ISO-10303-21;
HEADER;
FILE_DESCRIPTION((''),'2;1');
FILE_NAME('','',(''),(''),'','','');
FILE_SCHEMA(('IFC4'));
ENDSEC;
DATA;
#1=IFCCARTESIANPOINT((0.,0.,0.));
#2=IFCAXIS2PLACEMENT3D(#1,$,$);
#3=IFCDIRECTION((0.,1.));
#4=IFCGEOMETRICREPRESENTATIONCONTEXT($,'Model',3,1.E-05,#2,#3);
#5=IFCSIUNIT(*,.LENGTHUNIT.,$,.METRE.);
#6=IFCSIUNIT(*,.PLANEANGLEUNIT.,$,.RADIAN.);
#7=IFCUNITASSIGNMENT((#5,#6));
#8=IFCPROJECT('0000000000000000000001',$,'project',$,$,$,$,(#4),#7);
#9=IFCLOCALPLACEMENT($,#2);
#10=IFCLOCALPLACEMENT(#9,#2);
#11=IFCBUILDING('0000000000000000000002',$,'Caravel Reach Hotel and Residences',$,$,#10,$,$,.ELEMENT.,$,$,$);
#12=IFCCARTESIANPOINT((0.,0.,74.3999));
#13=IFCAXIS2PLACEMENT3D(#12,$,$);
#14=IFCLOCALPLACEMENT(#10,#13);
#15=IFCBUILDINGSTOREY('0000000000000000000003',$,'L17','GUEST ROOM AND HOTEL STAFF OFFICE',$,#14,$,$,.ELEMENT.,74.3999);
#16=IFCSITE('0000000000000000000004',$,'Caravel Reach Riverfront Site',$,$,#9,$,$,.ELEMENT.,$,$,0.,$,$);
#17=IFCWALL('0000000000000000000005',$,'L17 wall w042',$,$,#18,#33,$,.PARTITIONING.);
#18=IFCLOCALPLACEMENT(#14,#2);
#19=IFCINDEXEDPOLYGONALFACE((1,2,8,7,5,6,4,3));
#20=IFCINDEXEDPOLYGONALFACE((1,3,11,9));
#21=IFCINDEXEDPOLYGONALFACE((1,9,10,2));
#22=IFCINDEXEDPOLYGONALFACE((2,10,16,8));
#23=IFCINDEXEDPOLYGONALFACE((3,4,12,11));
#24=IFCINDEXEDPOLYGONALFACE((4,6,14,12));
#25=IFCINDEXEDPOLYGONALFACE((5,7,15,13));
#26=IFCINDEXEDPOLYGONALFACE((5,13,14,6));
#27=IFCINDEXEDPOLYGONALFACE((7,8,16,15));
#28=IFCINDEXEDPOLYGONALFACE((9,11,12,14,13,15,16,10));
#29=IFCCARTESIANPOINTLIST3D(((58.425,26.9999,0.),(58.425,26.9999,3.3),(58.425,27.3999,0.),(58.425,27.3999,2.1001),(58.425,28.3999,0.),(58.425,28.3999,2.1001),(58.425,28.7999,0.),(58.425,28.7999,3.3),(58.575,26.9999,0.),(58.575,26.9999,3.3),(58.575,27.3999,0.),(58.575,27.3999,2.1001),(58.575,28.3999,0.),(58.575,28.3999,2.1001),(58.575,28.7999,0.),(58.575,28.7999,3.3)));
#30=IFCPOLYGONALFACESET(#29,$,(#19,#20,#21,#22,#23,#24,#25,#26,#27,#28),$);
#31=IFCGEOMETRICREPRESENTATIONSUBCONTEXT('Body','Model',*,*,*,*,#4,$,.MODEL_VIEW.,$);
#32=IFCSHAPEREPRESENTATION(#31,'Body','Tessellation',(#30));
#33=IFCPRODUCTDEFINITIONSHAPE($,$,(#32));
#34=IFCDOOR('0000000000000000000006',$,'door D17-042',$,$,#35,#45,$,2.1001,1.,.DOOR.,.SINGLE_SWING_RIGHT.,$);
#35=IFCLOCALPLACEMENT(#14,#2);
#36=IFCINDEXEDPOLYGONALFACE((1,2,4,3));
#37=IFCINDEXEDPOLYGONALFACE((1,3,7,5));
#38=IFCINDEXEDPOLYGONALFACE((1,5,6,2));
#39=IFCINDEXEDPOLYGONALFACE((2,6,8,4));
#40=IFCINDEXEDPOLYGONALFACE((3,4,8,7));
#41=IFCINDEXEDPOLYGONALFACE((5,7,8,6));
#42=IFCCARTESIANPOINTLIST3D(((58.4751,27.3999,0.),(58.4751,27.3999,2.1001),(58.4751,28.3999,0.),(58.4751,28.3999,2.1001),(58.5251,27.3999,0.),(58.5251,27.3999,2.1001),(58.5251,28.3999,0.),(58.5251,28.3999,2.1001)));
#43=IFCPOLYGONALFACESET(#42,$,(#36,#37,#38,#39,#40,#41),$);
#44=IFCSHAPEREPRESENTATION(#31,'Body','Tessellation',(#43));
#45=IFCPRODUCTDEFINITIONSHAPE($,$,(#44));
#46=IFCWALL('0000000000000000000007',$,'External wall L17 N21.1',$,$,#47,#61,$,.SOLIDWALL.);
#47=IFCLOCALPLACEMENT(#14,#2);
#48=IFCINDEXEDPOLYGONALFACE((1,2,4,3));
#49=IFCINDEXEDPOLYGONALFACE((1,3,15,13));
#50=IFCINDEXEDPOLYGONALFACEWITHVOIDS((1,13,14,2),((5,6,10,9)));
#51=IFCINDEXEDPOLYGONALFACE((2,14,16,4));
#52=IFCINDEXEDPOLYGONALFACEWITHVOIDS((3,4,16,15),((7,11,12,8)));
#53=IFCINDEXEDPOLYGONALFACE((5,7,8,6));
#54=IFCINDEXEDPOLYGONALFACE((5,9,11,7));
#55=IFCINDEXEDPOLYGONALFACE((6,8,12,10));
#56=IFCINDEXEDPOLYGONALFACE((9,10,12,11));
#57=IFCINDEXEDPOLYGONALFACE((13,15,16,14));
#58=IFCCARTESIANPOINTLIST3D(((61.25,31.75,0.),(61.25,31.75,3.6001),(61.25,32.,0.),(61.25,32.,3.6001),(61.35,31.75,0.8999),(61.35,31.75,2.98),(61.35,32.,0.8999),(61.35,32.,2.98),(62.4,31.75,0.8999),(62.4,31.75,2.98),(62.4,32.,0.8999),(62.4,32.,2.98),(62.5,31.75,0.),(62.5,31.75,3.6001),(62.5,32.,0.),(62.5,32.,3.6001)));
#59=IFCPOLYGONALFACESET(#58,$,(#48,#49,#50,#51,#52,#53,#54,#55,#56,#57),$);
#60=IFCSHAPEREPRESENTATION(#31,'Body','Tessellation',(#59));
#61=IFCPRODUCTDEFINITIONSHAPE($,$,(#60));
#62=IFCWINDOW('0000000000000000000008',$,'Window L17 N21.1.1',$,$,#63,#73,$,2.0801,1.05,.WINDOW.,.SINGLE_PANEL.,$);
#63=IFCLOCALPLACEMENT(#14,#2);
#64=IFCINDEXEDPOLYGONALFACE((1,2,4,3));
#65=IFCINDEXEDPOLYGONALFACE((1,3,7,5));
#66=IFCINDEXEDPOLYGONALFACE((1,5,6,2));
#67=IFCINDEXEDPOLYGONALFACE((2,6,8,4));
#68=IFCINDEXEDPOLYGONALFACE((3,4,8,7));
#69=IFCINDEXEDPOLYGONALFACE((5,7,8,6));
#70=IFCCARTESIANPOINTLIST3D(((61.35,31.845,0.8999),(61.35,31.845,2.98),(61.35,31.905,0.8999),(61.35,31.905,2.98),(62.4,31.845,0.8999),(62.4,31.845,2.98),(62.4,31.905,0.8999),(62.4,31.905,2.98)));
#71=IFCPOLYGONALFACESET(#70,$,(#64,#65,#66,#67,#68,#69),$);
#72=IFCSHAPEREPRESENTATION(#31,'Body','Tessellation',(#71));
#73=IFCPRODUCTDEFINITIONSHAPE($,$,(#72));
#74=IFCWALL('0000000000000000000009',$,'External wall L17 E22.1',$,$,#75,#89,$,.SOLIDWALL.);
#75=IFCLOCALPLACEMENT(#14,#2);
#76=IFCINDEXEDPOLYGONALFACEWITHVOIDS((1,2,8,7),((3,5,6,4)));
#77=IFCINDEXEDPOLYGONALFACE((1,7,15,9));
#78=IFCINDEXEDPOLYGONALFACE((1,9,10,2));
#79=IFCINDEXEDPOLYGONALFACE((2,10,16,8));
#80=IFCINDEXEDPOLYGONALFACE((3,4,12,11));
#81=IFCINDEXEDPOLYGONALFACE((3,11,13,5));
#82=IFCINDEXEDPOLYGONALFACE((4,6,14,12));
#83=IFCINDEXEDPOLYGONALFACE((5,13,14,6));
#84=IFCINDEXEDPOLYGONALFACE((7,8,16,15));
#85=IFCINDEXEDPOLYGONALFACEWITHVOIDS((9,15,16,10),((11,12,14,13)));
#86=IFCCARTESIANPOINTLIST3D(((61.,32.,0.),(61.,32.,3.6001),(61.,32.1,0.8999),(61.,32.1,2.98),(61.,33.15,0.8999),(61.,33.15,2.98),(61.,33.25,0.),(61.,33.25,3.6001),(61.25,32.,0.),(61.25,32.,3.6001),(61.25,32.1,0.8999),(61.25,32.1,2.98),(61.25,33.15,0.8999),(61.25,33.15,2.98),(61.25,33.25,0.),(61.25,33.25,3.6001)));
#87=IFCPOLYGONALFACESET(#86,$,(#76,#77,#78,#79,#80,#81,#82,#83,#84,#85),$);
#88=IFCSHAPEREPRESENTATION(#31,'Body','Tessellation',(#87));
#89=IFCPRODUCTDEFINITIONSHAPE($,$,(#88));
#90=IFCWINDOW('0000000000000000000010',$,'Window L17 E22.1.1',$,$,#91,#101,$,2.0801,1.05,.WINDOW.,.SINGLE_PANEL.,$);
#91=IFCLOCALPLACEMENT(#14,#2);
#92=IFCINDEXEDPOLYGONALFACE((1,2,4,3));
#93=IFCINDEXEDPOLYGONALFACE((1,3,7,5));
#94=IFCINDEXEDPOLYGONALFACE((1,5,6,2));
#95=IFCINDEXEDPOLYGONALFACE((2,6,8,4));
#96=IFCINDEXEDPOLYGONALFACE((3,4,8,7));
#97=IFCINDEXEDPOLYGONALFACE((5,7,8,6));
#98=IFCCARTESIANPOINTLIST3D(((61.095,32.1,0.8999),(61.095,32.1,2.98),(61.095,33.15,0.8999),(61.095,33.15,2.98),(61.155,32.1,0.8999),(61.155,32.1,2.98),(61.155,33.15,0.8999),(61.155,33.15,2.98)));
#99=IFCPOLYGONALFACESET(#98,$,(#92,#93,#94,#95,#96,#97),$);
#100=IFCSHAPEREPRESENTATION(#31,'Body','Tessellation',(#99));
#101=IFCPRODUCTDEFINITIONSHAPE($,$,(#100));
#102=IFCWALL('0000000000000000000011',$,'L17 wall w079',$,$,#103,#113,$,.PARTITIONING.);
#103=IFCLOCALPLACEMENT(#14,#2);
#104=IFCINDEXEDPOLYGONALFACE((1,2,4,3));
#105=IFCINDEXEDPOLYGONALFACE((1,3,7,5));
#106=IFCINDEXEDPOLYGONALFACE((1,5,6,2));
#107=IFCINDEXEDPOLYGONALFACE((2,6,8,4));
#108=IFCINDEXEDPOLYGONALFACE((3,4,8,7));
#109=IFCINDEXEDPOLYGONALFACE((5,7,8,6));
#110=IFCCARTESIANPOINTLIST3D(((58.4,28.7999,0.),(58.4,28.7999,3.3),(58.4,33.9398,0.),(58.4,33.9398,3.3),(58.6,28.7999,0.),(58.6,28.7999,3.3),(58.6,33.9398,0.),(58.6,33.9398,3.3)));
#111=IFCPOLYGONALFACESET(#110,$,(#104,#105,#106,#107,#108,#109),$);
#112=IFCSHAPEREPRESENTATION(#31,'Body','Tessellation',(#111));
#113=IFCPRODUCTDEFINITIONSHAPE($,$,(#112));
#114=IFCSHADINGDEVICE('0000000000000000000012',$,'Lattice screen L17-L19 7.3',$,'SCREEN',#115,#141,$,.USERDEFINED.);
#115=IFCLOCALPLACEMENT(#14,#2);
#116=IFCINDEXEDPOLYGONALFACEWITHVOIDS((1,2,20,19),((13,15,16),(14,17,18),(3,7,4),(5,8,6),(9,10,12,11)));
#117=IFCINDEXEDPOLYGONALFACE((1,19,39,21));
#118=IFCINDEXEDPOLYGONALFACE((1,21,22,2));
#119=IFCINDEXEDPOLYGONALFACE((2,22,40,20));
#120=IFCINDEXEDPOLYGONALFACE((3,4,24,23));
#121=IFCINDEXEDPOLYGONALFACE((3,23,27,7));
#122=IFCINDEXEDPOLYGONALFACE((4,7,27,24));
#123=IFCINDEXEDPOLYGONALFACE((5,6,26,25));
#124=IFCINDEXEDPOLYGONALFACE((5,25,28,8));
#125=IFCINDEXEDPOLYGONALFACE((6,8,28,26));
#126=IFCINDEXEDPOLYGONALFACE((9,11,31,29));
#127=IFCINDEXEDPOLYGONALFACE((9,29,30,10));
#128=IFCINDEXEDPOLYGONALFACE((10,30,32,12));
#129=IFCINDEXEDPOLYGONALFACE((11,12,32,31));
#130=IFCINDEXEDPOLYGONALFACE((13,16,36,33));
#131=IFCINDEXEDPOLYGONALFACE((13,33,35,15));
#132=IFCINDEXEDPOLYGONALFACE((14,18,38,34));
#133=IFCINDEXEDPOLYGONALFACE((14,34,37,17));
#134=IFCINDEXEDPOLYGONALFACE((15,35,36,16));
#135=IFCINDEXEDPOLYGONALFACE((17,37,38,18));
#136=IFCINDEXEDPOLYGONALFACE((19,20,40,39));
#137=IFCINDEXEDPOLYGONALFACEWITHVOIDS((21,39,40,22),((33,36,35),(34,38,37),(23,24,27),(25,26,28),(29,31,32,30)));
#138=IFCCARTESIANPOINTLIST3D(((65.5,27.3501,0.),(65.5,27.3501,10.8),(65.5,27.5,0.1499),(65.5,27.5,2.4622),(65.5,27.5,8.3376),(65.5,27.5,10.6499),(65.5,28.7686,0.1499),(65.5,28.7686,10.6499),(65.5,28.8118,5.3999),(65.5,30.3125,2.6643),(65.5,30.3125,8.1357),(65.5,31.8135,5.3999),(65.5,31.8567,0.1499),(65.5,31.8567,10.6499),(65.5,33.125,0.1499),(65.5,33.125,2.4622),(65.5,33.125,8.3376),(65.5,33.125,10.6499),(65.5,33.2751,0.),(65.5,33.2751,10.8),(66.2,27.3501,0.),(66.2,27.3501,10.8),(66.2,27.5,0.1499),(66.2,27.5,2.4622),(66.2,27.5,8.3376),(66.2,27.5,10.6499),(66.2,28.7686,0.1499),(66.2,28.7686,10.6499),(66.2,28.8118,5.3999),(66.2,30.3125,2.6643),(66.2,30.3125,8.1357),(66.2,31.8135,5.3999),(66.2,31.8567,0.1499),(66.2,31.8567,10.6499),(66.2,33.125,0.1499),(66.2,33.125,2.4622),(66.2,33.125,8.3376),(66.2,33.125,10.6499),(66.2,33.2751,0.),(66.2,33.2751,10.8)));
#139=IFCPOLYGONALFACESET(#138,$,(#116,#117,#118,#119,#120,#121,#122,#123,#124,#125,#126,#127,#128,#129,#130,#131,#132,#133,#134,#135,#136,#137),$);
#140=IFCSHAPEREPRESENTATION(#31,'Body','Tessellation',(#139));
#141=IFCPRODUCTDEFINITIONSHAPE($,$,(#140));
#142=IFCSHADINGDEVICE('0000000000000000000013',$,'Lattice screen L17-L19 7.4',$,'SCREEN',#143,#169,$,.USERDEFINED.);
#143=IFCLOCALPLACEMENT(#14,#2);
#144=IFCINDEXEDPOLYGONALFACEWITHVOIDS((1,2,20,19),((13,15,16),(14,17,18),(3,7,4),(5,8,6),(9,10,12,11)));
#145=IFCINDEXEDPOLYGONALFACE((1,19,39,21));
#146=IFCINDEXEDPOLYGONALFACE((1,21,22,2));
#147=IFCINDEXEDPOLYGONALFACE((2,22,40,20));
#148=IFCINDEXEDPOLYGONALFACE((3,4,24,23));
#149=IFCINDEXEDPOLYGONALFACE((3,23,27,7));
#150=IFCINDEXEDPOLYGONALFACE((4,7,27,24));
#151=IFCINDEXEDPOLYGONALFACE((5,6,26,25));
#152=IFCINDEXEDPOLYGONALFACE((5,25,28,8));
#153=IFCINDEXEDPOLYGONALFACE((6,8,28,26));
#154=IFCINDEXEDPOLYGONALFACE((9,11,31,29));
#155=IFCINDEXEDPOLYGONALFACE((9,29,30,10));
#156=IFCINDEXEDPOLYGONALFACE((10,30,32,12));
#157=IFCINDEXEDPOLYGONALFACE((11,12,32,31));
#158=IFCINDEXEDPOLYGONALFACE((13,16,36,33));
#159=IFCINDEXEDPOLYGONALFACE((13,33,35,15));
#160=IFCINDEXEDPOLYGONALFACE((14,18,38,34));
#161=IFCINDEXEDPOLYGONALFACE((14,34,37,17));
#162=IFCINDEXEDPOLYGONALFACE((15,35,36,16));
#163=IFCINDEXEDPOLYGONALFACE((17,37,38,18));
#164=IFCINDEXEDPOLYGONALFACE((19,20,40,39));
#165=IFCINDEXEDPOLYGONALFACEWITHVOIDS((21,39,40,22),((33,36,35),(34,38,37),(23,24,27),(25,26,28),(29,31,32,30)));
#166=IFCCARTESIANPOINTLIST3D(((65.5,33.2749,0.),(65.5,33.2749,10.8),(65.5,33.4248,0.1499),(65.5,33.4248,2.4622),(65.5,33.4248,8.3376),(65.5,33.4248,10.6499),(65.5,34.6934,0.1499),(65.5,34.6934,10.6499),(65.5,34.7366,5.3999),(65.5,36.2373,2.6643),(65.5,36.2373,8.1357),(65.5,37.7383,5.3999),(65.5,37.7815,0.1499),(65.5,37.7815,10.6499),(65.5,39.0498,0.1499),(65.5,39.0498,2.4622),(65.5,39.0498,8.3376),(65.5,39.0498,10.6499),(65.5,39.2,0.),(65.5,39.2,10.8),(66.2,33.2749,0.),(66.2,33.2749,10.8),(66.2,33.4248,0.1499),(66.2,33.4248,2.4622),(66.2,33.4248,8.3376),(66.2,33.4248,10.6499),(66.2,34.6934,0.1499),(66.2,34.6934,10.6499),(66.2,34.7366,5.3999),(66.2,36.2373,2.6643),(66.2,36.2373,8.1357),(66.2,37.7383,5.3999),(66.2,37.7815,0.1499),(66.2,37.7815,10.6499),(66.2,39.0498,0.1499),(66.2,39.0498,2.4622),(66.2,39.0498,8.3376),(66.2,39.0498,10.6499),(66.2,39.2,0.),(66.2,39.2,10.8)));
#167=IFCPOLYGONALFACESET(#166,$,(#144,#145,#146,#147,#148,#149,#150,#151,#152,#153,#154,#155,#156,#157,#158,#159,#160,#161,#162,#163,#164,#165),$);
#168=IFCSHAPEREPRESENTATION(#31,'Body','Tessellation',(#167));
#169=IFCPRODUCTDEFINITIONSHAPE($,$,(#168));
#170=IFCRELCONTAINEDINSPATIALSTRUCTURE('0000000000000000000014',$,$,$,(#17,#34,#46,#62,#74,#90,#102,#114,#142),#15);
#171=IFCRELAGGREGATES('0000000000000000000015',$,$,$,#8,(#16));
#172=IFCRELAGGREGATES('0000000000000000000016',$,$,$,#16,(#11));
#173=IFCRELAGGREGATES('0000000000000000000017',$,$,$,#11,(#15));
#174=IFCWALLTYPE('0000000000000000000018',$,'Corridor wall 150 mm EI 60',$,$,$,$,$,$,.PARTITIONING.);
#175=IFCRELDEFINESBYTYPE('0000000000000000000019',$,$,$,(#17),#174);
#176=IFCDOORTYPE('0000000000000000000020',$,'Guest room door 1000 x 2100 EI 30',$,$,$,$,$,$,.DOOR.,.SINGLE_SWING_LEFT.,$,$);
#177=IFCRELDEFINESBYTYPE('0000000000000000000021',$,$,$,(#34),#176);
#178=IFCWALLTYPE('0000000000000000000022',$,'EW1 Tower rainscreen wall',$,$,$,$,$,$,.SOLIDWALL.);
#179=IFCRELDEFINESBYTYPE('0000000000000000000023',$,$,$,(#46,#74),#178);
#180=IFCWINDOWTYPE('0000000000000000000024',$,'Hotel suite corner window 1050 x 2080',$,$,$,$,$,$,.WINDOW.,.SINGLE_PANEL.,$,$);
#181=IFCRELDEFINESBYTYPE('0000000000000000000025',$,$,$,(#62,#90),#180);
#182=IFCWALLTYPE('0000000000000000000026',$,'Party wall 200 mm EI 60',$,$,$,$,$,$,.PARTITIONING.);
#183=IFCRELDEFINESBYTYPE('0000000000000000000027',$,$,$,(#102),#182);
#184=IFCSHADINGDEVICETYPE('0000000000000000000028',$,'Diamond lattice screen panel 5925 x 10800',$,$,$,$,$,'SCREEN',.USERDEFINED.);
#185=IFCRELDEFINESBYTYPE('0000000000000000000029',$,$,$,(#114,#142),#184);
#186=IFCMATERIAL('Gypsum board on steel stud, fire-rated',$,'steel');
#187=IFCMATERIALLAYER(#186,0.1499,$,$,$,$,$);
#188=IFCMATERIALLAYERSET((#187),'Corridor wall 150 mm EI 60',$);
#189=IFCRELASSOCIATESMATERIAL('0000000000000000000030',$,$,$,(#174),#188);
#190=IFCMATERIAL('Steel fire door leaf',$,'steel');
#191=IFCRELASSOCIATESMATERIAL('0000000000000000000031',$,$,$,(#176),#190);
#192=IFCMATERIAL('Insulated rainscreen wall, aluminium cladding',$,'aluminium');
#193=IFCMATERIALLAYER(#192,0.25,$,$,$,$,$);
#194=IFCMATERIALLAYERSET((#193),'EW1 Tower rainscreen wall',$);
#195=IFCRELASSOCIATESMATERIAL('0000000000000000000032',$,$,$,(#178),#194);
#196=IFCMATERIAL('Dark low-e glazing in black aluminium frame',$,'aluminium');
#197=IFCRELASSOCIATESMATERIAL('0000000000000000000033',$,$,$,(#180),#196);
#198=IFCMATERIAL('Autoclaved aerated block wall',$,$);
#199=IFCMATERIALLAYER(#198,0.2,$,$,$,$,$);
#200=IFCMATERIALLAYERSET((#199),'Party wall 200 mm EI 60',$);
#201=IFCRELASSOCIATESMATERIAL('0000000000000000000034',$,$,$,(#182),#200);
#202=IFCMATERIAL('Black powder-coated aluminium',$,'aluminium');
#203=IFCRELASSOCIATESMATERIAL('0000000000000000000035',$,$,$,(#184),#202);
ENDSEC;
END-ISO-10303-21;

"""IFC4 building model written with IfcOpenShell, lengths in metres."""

from ifc_helpers import new_model, si_unit, direction, frame, frame_2d, origin, place, context, subcontext, project, spatial, polyline, rectangle, outline, extrude, material, layer, layer_set, type_object, element, fill, save


model = new_model("IFC4")

# Units and contexts
model_context = context("Model", 3, precision=1e-05, world=origin(), true_north=direction((0.0, 1.0)))
body_context = subcontext(model_context, "Body", "Model", "MODEL_VIEW")
ifc_project = project(units=[si_unit("LENGTHUNIT", "METRE"), si_unit("PLANEANGLEUNIT", "RADIAN")], contexts=[model_context])

# Site, building, storey
site_placement = place(None, origin())
site = spatial("IfcSite", under=ifc_project, at=site_placement, Name="Caravel Reach Riverfront Site", CompositionType="ELEMENT", RefElevation=0.0)
building_placement = place(site_placement, origin())
building = spatial("IfcBuilding", under=site, at=building_placement, Name="Caravel Reach Hotel and Residences", CompositionType="ELEMENT")
storey_placement = place(building_placement, frame((0.0, 0.0, 74.3999)))
storey = spatial("IfcBuildingStorey", under=building, at=storey_placement, Name="L17", Description="GUEST ROOM AND HOTEL STAFF OFFICE", CompositionType="ELEMENT", Elevation=74.3999)

# Wall, opening, door
ifc_material_1 = material(Name="Gypsum board on steel stud, fire-rated", Category="steel")
ifc_layer_1 = layer(ifc_material_1, 0.1499)
ifc_layer_set_1 = layer_set([ifc_layer_1], Name="Corridor wall 150 mm EI 60")
wall_type_1 = type_object("IfcWallType", Name="Corridor wall 150 mm EI 60", PredefinedType="PARTITIONING", material=ifc_layer_set_1)
wall_1_placement = place(storey_placement, frame((58.5, 27.0, 0.0), z_axis=(0.0, 0.0, 1.0), x_axis=(0.0, 1.0, 0.0)))
wall_1 = element("IfcWall", 1, at=wall_1_placement, inside=storey, type_object=wall_type_1, Name="L17 wall w042", PredefinedType="PARTITIONING", context=body_context, shape_type="SweptSolid", body=[
    extrude(rectangle(XDim=1.8, YDim=0.1499, at=frame_2d((0.8999, 0.0))), origin(), (0.0, 0.0, 1.0), 3.3),
])
opening_1_placement = place(wall_1_placement, frame((0.3999, 0.0, 0.0)))
opening_1 = element("IfcOpeningElement", 2, at=opening_1_placement, cuts=wall_1, PredefinedType="OPENING", context=body_context, shape_type="SweptSolid", body=[
    extrude(rectangle(XDim=1.0, YDim=2.1001, at=frame_2d((0.5, 1.05))), frame((0.0, 0.085, 0.0), z_axis=(0.0, -1.0, 0.0), x_axis=(1.0, 0.0, 0.0)), (0.0, 0.0, 1.0), 0.1699),
])
ifc_material_2 = material(Name="Steel fire door leaf", Category="steel")
door_type = type_object("IfcDoorType", Name="Guest room door 1000 x 2100 EI 30", OperationType="SINGLE_SWING_LEFT", PredefinedType="DOOR", material=ifc_material_2)
door_placement = place(opening_1_placement, origin())
door = element("IfcDoor", 3, at=door_placement, inside=storey, type_object=door_type, Name="door D17-042", OperationType="SINGLE_SWING_RIGHT", OverallHeight=2.1001, OverallWidth=1.0, PredefinedType="DOOR", context=body_context, shape_type="SweptSolid", body=[
    extrude(rectangle(XDim=1.0, YDim=2.1001, at=frame_2d((0.5, 1.05))), frame((0.0, 0.0249, 0.0), z_axis=(0.0, -1.0, 0.0), x_axis=(1.0, 0.0, 0.0)), (0.0, 0.0, 1.0), 0.05),
])
fill(opening_1, door)

# Walls, openings, windows
ifc_material_3 = material(Name="Insulated rainscreen wall, aluminium cladding", Category="aluminium")
ifc_layer_2 = layer(ifc_material_3, 0.25)
ifc_layer_set_2 = layer_set([ifc_layer_2], Name="EW1 Tower rainscreen wall")
wall_type_2 = type_object("IfcWallType", Name="EW1 Tower rainscreen wall", PredefinedType="SOLIDWALL", material=ifc_layer_set_2)
wall_2_placement = place(storey_placement, frame((62.5, 31.875, 0.0), z_axis=(0.0, 0.0, 1.0), x_axis=(-1.0, 0.0, 0.0)))
wall_2 = element("IfcWall", 4, at=wall_2_placement, inside=storey, type_object=wall_type_2, Name="External wall L17 N21.1", PredefinedType="SOLIDWALL", context=body_context, shape_type="SweptSolid", body=[
    extrude(rectangle(XDim=1.25, YDim=0.25, at=frame_2d((0.625, 0.0))), origin(), (0.0, 0.0, 1.0), 3.6001),
])
opening_2_placement = place(wall_2_placement, frame((0.1001, 0.0, 0.8999)))
opening_2 = element("IfcOpeningElement", 5, at=opening_2_placement, cuts=wall_2, PredefinedType="OPENING", context=body_context, shape_type="SweptSolid", body=[
    extrude(rectangle(XDim=1.05, YDim=2.0801, at=frame_2d((0.5249, 1.04))), frame((0.0, 0.135, 0.0), z_axis=(0.0, -1.0, 0.0), x_axis=(1.0, 0.0, 0.0)), (0.0, 0.0, 1.0), 0.27),
])
ifc_material_4 = material(Name="Dark low-e glazing in black aluminium frame", Category="aluminium")
window_type = type_object("IfcWindowType", Name="Hotel suite corner window 1050 x 2080", PartitioningType="SINGLE_PANEL", PredefinedType="WINDOW", material=ifc_material_4)
window_1_placement = place(opening_2_placement, origin())
window_1 = element("IfcWindow", 6, at=window_1_placement, inside=storey, type_object=window_type, Name="Window L17 N21.1.1", OverallHeight=2.0801, OverallWidth=1.05, PartitioningType="SINGLE_PANEL", PredefinedType="WINDOW", context=body_context, shape_type="SweptSolid", body=[
    extrude(rectangle(XDim=1.05, YDim=2.0801, at=frame_2d((0.5249, 1.04))), frame((0.0, 0.03, 0.0), z_axis=(0.0, -1.0, 0.0), x_axis=(1.0, 0.0, 0.0)), (0.0, 0.0, 1.0), 0.0601),
])
fill(opening_2, window_1)
wall_3_placement = place(storey_placement, frame((61.125, 32.0, 0.0), z_axis=(0.0, 0.0, 1.0), x_axis=(0.0, 1.0, 0.0)))
wall_3 = element("IfcWall", 7, at=wall_3_placement, inside=storey, type_object=wall_type_2, Name="External wall L17 E22.1", PredefinedType="SOLIDWALL", context=body_context, shape_type="SweptSolid", body=[
    extrude(rectangle(XDim=1.25, YDim=0.25, at=frame_2d((0.625, 0.0))), origin(), (0.0, 0.0, 1.0), 3.6001),
])
opening_3_placement = place(wall_3_placement, frame((0.1001, 0.0, 0.8999)))
opening_3 = element("IfcOpeningElement", 8, at=opening_3_placement, cuts=wall_3, PredefinedType="OPENING", context=body_context, shape_type="SweptSolid", body=[
    extrude(rectangle(XDim=1.05, YDim=2.0801, at=frame_2d((0.5249, 1.04))), frame((0.0, 0.135, 0.0), z_axis=(0.0, -1.0, 0.0), x_axis=(1.0, 0.0, 0.0)), (0.0, 0.0, 1.0), 0.27),
])
window_2_placement = place(opening_3_placement, origin())
window_2 = element("IfcWindow", 9, at=window_2_placement, inside=storey, type_object=window_type, Name="Window L17 E22.1.1", OverallHeight=2.0801, OverallWidth=1.05, PartitioningType="SINGLE_PANEL", PredefinedType="WINDOW", context=body_context, shape_type="SweptSolid", body=[
    extrude(rectangle(XDim=1.05, YDim=2.0801, at=frame_2d((0.5249, 1.04))), frame((0.0, 0.03, 0.0), z_axis=(0.0, -1.0, 0.0), x_axis=(1.0, 0.0, 0.0)), (0.0, 0.0, 1.0), 0.0601),
])
fill(opening_3, window_2)

# Wall
ifc_material_5 = material(Name="Autoclaved aerated block wall")
ifc_layer_3 = layer(ifc_material_5, 0.2)
ifc_layer_set_3 = layer_set([ifc_layer_3], Name="Party wall 200 mm EI 60")
wall_type_3 = type_object("IfcWallType", Name="Party wall 200 mm EI 60", PredefinedType="PARTITIONING", material=ifc_layer_set_3)
wall_4_placement = place(storey_placement, frame((58.5, 28.8, 0.0), z_axis=(0.0, 0.0, 1.0), x_axis=(0.0, 1.0, 0.0)))
element("IfcWall", 10, at=wall_4_placement, inside=storey, type_object=wall_type_3, Name="L17 wall w079", PredefinedType="PARTITIONING", context=body_context, shape_type="SweptSolid", body=[
    extrude(rectangle(XDim=5.1399, YDim=0.2, at=frame_2d((2.5698, 0.0))), origin(), (0.0, 0.0, 1.0), 3.3),
])

# Shading devices
ifc_material_6 = material(Name="Black powder-coated aluminium", Category="aluminium")
shading_device_type = type_object("IfcShadingDeviceType", Name="Diamond lattice screen panel 5925 x 10800", ElementType="SCREEN", PredefinedType="USERDEFINED", material=ifc_material_6)
for number, where, z_axis, x_axis, name in (
    (11, (65.5, 27.3501, 0.0), (1.0, 0.0, 0.0), (0.0, 1.0, 0.0), "Lattice screen L17-L19 7.3"),
    (12, (65.5, 33.2749, 0.0), (1.0, 0.0, 0.0), (0.0, 1.0, 0.0), "Lattice screen L17-L19 7.4"),
):
    element("IfcShadingDevice", number, at=place(storey_placement, frame(where, z_axis=z_axis, x_axis=x_axis)), inside=storey, type_object=shading_device_type, Name=name, ObjectType="SCREEN", PredefinedType="USERDEFINED", context=body_context, shape_type="SweptSolid", body=[
        extrude(outline(polyline([(0.0, 0.0), (5.925, 0.0), (5.925, 10.8), (0.0, 10.8), (0.0, 0.0)]), holes=[polyline([(1.4185, 0.1499), (0.1499, 2.4622), (0.1499, 0.1499), (1.4185, 0.1499)]), polyline([(0.1499, 8.3376), (1.4185, 10.6499), (0.1499, 10.6499), (0.1499, 8.3376)]), polyline([(2.9624, 8.1357), (1.4617, 5.3999), (2.9624, 2.6643), (4.4634, 5.3999), (2.9624, 8.1357)]), polyline([(5.7749, 2.4622), (4.5066, 0.1499), (5.7749, 0.1499), (5.7749, 2.4622)]), polyline([(4.5066, 10.6499), (5.7749, 8.3376), (5.7749, 10.6499), (4.5066, 10.6499)])]), origin(), (0.0, 0.0, 1.0), 0.7),
    ])

save(model, "model.ifc")
